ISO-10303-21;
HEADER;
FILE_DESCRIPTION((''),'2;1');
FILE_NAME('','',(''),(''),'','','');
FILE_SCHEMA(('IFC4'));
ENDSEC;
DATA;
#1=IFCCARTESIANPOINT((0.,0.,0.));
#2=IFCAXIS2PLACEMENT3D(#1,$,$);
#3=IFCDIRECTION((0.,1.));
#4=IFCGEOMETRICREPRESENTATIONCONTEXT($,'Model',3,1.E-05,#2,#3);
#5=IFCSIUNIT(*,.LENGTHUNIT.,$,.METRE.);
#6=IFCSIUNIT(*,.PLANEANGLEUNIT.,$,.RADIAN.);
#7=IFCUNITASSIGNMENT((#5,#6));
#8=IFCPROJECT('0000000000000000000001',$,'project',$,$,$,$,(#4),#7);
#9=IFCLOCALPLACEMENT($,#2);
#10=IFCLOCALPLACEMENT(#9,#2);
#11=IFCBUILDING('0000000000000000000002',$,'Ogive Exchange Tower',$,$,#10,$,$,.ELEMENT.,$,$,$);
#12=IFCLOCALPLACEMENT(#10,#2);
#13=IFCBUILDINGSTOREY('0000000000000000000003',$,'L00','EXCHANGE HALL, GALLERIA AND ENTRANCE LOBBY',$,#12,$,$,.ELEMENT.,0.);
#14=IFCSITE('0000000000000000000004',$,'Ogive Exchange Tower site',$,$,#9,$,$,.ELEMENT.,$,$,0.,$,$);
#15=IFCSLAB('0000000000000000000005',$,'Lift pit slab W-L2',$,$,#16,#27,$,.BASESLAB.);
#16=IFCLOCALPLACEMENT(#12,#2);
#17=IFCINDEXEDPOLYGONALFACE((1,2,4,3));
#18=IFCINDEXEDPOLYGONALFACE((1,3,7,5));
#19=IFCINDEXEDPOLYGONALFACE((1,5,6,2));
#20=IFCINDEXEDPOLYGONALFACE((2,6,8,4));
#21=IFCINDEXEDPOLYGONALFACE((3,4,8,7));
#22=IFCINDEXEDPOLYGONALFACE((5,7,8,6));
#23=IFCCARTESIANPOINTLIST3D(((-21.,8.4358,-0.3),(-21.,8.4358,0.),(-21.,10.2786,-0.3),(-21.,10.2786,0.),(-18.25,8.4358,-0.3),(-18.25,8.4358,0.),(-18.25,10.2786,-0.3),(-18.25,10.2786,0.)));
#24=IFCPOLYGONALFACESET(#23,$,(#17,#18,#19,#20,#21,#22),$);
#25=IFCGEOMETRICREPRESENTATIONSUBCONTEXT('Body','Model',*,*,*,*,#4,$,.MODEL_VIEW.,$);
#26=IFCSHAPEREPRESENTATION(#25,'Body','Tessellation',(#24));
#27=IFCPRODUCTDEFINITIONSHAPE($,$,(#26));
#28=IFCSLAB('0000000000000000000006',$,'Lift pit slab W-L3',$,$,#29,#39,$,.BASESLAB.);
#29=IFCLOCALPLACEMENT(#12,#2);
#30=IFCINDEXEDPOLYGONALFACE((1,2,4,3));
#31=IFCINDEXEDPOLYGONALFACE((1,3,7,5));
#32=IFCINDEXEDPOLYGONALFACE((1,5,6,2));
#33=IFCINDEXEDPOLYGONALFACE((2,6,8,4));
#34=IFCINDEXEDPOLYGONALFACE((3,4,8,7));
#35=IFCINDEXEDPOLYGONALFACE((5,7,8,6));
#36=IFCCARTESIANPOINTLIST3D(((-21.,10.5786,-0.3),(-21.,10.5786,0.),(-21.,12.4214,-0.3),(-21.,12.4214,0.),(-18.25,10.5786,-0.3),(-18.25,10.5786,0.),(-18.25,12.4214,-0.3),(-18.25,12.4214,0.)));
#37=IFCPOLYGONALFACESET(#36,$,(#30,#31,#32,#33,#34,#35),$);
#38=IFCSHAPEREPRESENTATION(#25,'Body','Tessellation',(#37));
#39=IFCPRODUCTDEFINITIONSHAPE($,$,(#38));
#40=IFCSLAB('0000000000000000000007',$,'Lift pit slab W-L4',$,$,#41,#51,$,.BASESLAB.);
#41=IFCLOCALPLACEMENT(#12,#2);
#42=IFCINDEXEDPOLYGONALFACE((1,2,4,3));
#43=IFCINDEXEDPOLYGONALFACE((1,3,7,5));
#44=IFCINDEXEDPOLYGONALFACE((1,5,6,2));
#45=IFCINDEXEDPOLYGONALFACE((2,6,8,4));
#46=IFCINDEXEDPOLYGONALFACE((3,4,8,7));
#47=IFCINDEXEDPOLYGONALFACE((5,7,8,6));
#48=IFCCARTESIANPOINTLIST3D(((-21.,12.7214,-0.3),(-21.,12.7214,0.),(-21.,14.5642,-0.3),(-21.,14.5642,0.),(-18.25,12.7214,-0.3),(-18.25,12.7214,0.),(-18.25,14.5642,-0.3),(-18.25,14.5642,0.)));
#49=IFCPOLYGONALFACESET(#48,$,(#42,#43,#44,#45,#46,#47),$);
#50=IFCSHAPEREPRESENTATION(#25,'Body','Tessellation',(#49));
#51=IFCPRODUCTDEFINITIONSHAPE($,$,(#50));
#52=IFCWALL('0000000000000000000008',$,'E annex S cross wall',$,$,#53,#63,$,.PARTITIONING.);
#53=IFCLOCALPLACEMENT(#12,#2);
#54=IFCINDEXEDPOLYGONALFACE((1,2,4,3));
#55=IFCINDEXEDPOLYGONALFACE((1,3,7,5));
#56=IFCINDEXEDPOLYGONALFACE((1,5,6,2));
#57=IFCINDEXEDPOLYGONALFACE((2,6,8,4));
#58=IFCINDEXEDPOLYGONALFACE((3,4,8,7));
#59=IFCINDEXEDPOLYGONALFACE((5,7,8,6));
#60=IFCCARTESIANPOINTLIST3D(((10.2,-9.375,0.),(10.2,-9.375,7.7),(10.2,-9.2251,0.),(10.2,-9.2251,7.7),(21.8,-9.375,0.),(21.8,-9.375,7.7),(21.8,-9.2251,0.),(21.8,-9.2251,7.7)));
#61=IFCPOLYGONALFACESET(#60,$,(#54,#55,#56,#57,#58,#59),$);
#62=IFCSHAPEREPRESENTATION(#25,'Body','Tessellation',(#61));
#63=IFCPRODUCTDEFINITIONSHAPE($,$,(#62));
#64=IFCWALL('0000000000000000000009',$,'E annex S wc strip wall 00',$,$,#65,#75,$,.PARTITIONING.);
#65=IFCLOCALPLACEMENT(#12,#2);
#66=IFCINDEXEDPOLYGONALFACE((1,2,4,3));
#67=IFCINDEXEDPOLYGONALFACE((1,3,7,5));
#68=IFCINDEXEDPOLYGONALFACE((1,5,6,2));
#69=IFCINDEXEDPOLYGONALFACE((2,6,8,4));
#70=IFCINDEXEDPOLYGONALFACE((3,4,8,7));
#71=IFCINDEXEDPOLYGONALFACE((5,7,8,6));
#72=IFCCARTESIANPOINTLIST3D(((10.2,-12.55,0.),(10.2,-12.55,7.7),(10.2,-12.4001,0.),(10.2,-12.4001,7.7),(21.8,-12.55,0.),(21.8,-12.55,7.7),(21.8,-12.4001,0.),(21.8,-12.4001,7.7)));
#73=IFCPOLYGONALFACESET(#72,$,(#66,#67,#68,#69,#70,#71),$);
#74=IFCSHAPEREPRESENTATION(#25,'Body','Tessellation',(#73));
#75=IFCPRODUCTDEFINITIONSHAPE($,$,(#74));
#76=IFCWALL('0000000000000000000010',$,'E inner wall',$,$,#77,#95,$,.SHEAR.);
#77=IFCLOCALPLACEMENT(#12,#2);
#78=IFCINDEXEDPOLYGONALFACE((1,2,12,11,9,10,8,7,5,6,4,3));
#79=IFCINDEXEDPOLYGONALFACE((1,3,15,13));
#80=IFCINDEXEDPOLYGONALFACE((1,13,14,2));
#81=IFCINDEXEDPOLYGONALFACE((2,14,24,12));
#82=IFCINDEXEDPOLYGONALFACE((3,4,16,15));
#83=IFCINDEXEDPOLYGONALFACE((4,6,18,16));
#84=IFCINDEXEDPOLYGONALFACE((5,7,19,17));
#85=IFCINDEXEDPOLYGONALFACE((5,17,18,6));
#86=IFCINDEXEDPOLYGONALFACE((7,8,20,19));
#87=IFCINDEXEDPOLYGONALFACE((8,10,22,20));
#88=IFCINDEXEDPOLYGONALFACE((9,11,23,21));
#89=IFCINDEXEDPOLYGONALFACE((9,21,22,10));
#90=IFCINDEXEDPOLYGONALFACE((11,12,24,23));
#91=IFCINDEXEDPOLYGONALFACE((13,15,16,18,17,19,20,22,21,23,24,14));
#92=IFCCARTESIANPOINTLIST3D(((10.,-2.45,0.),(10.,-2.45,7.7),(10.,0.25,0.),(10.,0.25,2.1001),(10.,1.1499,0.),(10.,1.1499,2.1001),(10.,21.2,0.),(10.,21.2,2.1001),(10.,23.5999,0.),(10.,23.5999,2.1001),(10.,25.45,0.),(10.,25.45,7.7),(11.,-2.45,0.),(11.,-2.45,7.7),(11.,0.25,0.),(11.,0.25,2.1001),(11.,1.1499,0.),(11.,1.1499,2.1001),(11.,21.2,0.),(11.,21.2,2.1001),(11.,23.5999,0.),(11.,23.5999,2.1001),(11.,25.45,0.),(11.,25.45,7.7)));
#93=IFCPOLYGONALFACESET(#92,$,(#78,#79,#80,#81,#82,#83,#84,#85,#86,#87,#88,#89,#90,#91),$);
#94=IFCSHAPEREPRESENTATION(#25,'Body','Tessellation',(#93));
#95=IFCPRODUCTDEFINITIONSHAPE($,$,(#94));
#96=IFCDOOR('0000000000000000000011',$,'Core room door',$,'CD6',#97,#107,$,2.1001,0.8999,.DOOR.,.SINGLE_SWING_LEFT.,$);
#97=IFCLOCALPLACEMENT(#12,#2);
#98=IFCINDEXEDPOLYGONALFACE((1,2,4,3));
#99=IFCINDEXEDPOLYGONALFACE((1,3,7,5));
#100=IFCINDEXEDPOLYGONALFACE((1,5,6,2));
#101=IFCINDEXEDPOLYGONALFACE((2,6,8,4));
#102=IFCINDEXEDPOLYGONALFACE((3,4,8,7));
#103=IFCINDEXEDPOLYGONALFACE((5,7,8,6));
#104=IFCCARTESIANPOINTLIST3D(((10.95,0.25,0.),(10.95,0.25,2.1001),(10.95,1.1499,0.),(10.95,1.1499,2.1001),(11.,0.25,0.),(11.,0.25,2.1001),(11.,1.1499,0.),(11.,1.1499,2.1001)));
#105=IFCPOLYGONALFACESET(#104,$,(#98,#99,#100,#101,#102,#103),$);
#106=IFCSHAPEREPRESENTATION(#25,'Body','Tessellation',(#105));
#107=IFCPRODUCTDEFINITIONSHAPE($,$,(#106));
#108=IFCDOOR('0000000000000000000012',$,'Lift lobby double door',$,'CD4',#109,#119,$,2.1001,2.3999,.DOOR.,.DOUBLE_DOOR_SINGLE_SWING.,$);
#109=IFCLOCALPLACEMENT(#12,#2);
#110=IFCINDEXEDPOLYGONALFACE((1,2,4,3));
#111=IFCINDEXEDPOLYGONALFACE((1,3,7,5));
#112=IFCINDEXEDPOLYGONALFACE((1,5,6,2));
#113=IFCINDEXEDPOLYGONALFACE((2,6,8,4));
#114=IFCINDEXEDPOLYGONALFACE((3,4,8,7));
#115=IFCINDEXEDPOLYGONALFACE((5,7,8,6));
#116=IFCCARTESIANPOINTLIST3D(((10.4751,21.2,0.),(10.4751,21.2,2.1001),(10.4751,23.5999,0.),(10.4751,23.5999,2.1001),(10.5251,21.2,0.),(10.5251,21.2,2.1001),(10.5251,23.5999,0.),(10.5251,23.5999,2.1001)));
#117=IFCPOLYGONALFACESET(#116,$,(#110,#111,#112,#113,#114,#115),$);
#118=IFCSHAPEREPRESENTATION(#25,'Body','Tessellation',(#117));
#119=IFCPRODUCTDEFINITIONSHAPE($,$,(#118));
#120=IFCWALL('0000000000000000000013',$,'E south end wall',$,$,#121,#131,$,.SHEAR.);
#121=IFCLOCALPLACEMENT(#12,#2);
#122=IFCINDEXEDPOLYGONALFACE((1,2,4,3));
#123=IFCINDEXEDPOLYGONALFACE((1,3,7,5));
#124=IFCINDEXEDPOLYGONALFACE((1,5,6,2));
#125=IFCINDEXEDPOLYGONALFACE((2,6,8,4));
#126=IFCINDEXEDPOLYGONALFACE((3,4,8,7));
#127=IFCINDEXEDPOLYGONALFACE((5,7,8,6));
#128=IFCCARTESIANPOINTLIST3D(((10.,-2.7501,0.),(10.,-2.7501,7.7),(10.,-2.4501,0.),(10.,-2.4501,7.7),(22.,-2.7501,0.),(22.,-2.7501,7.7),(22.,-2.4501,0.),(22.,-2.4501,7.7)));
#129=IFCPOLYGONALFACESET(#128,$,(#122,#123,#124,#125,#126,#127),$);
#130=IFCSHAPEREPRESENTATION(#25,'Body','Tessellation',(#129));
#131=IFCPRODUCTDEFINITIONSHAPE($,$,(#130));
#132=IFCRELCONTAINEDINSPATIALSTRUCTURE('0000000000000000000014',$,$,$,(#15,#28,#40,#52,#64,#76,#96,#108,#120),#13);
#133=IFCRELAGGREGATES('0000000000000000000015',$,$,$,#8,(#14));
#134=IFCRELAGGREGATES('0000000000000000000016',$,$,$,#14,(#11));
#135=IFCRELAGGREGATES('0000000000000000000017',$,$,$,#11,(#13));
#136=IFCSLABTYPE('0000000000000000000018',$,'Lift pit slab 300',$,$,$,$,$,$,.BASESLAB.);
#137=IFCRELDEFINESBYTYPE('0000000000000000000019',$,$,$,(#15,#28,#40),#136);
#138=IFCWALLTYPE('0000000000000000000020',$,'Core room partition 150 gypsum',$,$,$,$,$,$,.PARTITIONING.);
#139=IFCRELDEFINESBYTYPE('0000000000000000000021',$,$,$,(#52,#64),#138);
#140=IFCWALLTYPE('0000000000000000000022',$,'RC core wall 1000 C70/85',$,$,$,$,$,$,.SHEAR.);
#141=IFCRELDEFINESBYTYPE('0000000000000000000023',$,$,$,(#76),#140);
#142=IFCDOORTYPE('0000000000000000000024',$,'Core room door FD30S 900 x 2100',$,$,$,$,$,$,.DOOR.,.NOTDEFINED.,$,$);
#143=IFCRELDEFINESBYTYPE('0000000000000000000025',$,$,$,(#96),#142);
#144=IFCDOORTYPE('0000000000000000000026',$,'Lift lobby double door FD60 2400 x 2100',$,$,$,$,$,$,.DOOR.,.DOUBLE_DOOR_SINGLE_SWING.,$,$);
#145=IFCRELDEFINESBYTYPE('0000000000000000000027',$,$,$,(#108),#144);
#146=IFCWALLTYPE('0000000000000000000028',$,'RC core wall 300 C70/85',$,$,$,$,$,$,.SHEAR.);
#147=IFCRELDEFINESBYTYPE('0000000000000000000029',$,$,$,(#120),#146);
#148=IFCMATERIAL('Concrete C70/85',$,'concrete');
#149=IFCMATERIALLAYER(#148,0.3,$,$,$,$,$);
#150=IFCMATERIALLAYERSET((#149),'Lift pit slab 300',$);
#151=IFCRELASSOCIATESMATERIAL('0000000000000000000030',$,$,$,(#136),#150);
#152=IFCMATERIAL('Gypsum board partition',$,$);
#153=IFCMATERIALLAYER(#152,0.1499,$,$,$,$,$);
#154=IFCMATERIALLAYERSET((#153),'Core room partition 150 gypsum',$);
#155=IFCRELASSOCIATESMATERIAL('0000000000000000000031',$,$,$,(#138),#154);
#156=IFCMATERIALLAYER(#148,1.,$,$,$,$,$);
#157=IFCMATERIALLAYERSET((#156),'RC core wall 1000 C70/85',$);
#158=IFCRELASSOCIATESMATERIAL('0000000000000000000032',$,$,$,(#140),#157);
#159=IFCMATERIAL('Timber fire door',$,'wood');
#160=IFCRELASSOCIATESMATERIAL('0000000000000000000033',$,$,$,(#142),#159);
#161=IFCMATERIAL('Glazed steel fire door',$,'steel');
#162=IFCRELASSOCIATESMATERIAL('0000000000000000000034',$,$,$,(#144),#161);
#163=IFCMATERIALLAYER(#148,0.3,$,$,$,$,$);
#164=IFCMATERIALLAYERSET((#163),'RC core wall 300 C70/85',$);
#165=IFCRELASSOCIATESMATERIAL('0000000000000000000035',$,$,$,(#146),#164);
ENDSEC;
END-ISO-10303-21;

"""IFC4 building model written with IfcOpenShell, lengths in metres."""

from ifc_helpers import new_model, si_unit, direction, frame, frame_2d, origin, place, context, subcontext, project, spatial, polyline, rectangle, outline, extrude, material, layer, layer_set, type_object, element, fill, save


model = new_model("IFC4")

# Units and contexts
model_context = context("Model", 3, precision=1e-05, world=origin(), true_north=direction((0.0, 1.0)))
body_context = subcontext(model_context, "Body", "Model", "MODEL_VIEW")
ifc_project = project(units=[si_unit("LENGTHUNIT", "METRE"), si_unit("PLANEANGLEUNIT", "RADIAN")], contexts=[model_context])

# Site, building, storey
site_placement = place(None, origin())
site = spatial("IfcSite", under=ifc_project, at=site_placement, Name="Ogive Exchange Tower site", CompositionType="ELEMENT", RefElevation=0.0)
building_placement = place(site_placement, origin())
building = spatial("IfcBuilding", under=site, at=building_placement, Name="Ogive Exchange Tower", CompositionType="ELEMENT")
storey_placement = place(building_placement, origin())
storey = spatial("IfcBuildingStorey", under=building, at=storey_placement, Name="L00", Description="EXCHANGE HALL, GALLERIA AND ENTRANCE LOBBY", CompositionType="ELEMENT", Elevation=0.0)

# Slabs
ifc_material_1 = material(Name="Concrete C70/85", Category="concrete")
ifc_layer_1 = layer(ifc_material_1, 0.3)
ifc_layer_set_1 = layer_set([ifc_layer_1], Name="Lift pit slab 300")
slab_type_1 = type_object("IfcSlabType", Name="Lift pit slab 300", PredefinedType="BASESLAB", material=ifc_layer_set_1)
slab_1_placement = place(storey_placement, frame((0.0, 0.0, -0.3)))
element("IfcSlab", 1, at=slab_1_placement, inside=storey, type_object=slab_type_1, Name="Lift pit slab W-L2", PredefinedType="BASESLAB", context=body_context, shape_type="SweptSolid", body=[
    extrude(outline(polyline([(-21.0, 8.4358), (-18.25, 8.4358), (-18.25, 10.2786), (-21.0, 10.2786), (-21.0, 8.4358)])), origin(), (0.0, 0.0, 1.0), 0.3),
])
slab_2_placement = place(storey_placement, frame((0.0, 0.0, -0.3)))
element("IfcSlab", 2, at=slab_2_placement, inside=storey, type_object=slab_type_1, Name="Lift pit slab W-L3", PredefinedType="BASESLAB", context=body_context, shape_type="SweptSolid", body=[
    extrude(outline(polyline([(-21.0, 10.5786), (-18.25, 10.5786), (-18.25, 12.4214), (-21.0, 12.4214), (-21.0, 10.5786)])), origin(), (0.0, 0.0, 1.0), 0.3),
])
slab_3_placement = place(storey_placement, frame((0.0, 0.0, -0.3)))
element("IfcSlab", 3, at=slab_3_placement, inside=storey, type_object=slab_type_1, Name="Lift pit slab W-L4", PredefinedType="BASESLAB", context=body_context, shape_type="SweptSolid", body=[
    extrude(outline(polyline([(-21.0, 12.7214), (-18.25, 12.7214), (-18.25, 14.5642), (-21.0, 14.5642), (-21.0, 12.7214)])), origin(), (0.0, 0.0, 1.0), 0.3),
])

# Walls
ifc_material_2 = material(Name="Gypsum board partition")
ifc_layer_2 = layer(ifc_material_2, 0.1499)
ifc_layer_set_2 = layer_set([ifc_layer_2], Name="Core room partition 150 gypsum")
wall_type_1 = type_object("IfcWallType", Name="Core room partition 150 gypsum", PredefinedType="PARTITIONING", material=ifc_layer_set_2)
for number, where, z_axis, x_axis, name in (
    (4, (10.2, -9.3, 0.0), (0.0, 0.0, 1.0), (1.0, 0.0, 0.0), "E annex S cross wall"),
    (5, (10.2, -12.4751, 0.0), (0.0, 0.0, 1.0), (1.0, 0.0, 0.0), "E annex S wc strip wall 00"),
):
    element("IfcWall", number, at=place(storey_placement, frame(where, z_axis=z_axis, x_axis=x_axis)), inside=storey, type_object=wall_type_1, Name=name, PredefinedType="PARTITIONING", context=body_context, shape_type="SweptSolid", body=[
        extrude(rectangle(XDim=11.6001, YDim=0.1499, at=frame_2d((5.8, 0.0))), origin(), (0.0, 0.0, 1.0), 7.7),
    ])

# Wall, openings, doors
ifc_layer_3 = layer(ifc_material_1, 1.0)
ifc_layer_set_3 = layer_set([ifc_layer_3], Name="RC core wall 1000 C70/85")
wall_type_2 = type_object("IfcWallType", Name="RC core wall 1000 C70/85", PredefinedType="SHEAR", material=ifc_layer_set_3)
wall_1_placement = place(storey_placement, frame((10.5, -2.45, 0.0), z_axis=(0.0, 0.0, 1.0), x_axis=(0.0, 1.0, 0.0)))
wall_1 = element("IfcWall", 6, at=wall_1_placement, inside=storey, type_object=wall_type_2, Name="E inner wall", PredefinedType="SHEAR", context=body_context, shape_type="SweptSolid", body=[
    extrude(rectangle(XDim=27.8999, YDim=1.0, at=frame_2d((13.95, 0.0))), origin(), (0.0, 0.0, 1.0), 7.7),
])
opening_1_placement = place(wall_1_placement, frame((23.6499, 0.0, 0.0)))
opening_1 = element("IfcOpeningElement", 7, at=opening_1_placement, cuts=wall_1, PredefinedType="OPENING", context=body_context, shape_type="SweptSolid", body=[
    extrude(rectangle(XDim=2.3999, YDim=2.1001, at=frame_2d((1.2, 1.05))), frame((0.0, 0.51, 0.0), z_axis=(0.0, -1.0, 0.0), x_axis=(1.0, 0.0, 0.0)), (0.0, 0.0, 1.0), 1.02),
])
opening_2_placement = place(wall_1_placement, frame((2.7, 0.0, 0.0)))
opening_2 = element("IfcOpeningElement", 8, at=opening_2_placement, cuts=wall_1, PredefinedType="OPENING", context=body_context, shape_type="SweptSolid", body=[
    extrude(rectangle(XDim=0.8999, YDim=2.1001, at=frame_2d((0.45, 1.05))), frame((0.0, 0.51, 0.0), z_axis=(0.0, -1.0, 0.0), x_axis=(1.0, 0.0, 0.0)), (0.0, 0.0, 1.0), 1.02),
])
ifc_material_3 = material(Name="Timber fire door", Category="wood")
door_type_1 = type_object("IfcDoorType", Name="Core room door FD30S 900 x 2100", OperationType="NOTDEFINED", PredefinedType="DOOR", material=ifc_material_3)
door_1_placement = place(opening_2_placement, frame((0.8999, -0.9502, 0.0), z_axis=(0.0, 0.0, 1.0), x_axis=(-1.0, 0.0, 0.0)))
door_1 = element("IfcDoor", 9, at=door_1_placement, inside=storey, type_object=door_type_1, Name="Core room door", ObjectType="CD6", OperationType="SINGLE_SWING_LEFT", OverallHeight=2.1001, OverallWidth=0.8999, PredefinedType="DOOR", context=body_context, shape_type="SweptSolid", body=[
    extrude(rectangle(XDim=0.8999, YDim=2.1001, at=frame_2d((0.45, 1.05))), frame((0.0, -0.4502, 0.0), z_axis=(0.0, -1.0, 0.0), x_axis=(1.0, 0.0, 0.0)), (0.0, 0.0, 1.0), 0.05),
])
fill(opening_2, door_1)
ifc_material_4 = material(Name="Glazed steel fire door", Category="steel")
door_type_2 = type_object("IfcDoorType", Name="Lift lobby double door FD60 2400 x 2100", OperationType="DOUBLE_DOOR_SINGLE_SWING", PredefinedType="DOOR", material=ifc_material_4)
door_2_placement = place(opening_1_placement, origin())
door_2 = element("IfcDoor", 10, at=door_2_placement, inside=storey, type_object=door_type_2, Name="Lift lobby double door", ObjectType="CD4", OperationType="DOUBLE_DOOR_SINGLE_SWING", OverallHeight=2.1001, OverallWidth=2.3999, PredefinedType="DOOR", context=body_context, shape_type="SweptSolid", body=[
    extrude(rectangle(XDim=2.3999, YDim=2.1001, at=frame_2d((1.2, 1.05))), frame((0.0, 0.0249, 0.0), z_axis=(0.0, -1.0, 0.0), x_axis=(1.0, 0.0, 0.0)), (0.0, 0.0, 1.0), 0.05),
])
fill(opening_1, door_2)

# Wall
ifc_layer_4 = layer(ifc_material_1, 0.3)
ifc_layer_set_4 = layer_set([ifc_layer_4], Name="RC core wall 300 C70/85")
wall_type_3 = type_object("IfcWallType", Name="RC core wall 300 C70/85", PredefinedType="SHEAR", material=ifc_layer_set_4)
wall_2_placement = place(storey_placement, frame((10.0, -2.6001, 0.0), z_axis=(0.0, 0.0, 1.0), x_axis=(1.0, 0.0, 0.0)))
element("IfcWall", 11, at=wall_2_placement, inside=storey, type_object=wall_type_3, Name="E south end wall", PredefinedType="SHEAR", context=body_context, shape_type="SweptSolid", body=[
    extrude(rectangle(XDim=12.0, YDim=0.3, at=frame_2d((6.0, 0.0))), origin(), (0.0, 0.0, 1.0), 7.7),
])

save(model, "model.ifc")
